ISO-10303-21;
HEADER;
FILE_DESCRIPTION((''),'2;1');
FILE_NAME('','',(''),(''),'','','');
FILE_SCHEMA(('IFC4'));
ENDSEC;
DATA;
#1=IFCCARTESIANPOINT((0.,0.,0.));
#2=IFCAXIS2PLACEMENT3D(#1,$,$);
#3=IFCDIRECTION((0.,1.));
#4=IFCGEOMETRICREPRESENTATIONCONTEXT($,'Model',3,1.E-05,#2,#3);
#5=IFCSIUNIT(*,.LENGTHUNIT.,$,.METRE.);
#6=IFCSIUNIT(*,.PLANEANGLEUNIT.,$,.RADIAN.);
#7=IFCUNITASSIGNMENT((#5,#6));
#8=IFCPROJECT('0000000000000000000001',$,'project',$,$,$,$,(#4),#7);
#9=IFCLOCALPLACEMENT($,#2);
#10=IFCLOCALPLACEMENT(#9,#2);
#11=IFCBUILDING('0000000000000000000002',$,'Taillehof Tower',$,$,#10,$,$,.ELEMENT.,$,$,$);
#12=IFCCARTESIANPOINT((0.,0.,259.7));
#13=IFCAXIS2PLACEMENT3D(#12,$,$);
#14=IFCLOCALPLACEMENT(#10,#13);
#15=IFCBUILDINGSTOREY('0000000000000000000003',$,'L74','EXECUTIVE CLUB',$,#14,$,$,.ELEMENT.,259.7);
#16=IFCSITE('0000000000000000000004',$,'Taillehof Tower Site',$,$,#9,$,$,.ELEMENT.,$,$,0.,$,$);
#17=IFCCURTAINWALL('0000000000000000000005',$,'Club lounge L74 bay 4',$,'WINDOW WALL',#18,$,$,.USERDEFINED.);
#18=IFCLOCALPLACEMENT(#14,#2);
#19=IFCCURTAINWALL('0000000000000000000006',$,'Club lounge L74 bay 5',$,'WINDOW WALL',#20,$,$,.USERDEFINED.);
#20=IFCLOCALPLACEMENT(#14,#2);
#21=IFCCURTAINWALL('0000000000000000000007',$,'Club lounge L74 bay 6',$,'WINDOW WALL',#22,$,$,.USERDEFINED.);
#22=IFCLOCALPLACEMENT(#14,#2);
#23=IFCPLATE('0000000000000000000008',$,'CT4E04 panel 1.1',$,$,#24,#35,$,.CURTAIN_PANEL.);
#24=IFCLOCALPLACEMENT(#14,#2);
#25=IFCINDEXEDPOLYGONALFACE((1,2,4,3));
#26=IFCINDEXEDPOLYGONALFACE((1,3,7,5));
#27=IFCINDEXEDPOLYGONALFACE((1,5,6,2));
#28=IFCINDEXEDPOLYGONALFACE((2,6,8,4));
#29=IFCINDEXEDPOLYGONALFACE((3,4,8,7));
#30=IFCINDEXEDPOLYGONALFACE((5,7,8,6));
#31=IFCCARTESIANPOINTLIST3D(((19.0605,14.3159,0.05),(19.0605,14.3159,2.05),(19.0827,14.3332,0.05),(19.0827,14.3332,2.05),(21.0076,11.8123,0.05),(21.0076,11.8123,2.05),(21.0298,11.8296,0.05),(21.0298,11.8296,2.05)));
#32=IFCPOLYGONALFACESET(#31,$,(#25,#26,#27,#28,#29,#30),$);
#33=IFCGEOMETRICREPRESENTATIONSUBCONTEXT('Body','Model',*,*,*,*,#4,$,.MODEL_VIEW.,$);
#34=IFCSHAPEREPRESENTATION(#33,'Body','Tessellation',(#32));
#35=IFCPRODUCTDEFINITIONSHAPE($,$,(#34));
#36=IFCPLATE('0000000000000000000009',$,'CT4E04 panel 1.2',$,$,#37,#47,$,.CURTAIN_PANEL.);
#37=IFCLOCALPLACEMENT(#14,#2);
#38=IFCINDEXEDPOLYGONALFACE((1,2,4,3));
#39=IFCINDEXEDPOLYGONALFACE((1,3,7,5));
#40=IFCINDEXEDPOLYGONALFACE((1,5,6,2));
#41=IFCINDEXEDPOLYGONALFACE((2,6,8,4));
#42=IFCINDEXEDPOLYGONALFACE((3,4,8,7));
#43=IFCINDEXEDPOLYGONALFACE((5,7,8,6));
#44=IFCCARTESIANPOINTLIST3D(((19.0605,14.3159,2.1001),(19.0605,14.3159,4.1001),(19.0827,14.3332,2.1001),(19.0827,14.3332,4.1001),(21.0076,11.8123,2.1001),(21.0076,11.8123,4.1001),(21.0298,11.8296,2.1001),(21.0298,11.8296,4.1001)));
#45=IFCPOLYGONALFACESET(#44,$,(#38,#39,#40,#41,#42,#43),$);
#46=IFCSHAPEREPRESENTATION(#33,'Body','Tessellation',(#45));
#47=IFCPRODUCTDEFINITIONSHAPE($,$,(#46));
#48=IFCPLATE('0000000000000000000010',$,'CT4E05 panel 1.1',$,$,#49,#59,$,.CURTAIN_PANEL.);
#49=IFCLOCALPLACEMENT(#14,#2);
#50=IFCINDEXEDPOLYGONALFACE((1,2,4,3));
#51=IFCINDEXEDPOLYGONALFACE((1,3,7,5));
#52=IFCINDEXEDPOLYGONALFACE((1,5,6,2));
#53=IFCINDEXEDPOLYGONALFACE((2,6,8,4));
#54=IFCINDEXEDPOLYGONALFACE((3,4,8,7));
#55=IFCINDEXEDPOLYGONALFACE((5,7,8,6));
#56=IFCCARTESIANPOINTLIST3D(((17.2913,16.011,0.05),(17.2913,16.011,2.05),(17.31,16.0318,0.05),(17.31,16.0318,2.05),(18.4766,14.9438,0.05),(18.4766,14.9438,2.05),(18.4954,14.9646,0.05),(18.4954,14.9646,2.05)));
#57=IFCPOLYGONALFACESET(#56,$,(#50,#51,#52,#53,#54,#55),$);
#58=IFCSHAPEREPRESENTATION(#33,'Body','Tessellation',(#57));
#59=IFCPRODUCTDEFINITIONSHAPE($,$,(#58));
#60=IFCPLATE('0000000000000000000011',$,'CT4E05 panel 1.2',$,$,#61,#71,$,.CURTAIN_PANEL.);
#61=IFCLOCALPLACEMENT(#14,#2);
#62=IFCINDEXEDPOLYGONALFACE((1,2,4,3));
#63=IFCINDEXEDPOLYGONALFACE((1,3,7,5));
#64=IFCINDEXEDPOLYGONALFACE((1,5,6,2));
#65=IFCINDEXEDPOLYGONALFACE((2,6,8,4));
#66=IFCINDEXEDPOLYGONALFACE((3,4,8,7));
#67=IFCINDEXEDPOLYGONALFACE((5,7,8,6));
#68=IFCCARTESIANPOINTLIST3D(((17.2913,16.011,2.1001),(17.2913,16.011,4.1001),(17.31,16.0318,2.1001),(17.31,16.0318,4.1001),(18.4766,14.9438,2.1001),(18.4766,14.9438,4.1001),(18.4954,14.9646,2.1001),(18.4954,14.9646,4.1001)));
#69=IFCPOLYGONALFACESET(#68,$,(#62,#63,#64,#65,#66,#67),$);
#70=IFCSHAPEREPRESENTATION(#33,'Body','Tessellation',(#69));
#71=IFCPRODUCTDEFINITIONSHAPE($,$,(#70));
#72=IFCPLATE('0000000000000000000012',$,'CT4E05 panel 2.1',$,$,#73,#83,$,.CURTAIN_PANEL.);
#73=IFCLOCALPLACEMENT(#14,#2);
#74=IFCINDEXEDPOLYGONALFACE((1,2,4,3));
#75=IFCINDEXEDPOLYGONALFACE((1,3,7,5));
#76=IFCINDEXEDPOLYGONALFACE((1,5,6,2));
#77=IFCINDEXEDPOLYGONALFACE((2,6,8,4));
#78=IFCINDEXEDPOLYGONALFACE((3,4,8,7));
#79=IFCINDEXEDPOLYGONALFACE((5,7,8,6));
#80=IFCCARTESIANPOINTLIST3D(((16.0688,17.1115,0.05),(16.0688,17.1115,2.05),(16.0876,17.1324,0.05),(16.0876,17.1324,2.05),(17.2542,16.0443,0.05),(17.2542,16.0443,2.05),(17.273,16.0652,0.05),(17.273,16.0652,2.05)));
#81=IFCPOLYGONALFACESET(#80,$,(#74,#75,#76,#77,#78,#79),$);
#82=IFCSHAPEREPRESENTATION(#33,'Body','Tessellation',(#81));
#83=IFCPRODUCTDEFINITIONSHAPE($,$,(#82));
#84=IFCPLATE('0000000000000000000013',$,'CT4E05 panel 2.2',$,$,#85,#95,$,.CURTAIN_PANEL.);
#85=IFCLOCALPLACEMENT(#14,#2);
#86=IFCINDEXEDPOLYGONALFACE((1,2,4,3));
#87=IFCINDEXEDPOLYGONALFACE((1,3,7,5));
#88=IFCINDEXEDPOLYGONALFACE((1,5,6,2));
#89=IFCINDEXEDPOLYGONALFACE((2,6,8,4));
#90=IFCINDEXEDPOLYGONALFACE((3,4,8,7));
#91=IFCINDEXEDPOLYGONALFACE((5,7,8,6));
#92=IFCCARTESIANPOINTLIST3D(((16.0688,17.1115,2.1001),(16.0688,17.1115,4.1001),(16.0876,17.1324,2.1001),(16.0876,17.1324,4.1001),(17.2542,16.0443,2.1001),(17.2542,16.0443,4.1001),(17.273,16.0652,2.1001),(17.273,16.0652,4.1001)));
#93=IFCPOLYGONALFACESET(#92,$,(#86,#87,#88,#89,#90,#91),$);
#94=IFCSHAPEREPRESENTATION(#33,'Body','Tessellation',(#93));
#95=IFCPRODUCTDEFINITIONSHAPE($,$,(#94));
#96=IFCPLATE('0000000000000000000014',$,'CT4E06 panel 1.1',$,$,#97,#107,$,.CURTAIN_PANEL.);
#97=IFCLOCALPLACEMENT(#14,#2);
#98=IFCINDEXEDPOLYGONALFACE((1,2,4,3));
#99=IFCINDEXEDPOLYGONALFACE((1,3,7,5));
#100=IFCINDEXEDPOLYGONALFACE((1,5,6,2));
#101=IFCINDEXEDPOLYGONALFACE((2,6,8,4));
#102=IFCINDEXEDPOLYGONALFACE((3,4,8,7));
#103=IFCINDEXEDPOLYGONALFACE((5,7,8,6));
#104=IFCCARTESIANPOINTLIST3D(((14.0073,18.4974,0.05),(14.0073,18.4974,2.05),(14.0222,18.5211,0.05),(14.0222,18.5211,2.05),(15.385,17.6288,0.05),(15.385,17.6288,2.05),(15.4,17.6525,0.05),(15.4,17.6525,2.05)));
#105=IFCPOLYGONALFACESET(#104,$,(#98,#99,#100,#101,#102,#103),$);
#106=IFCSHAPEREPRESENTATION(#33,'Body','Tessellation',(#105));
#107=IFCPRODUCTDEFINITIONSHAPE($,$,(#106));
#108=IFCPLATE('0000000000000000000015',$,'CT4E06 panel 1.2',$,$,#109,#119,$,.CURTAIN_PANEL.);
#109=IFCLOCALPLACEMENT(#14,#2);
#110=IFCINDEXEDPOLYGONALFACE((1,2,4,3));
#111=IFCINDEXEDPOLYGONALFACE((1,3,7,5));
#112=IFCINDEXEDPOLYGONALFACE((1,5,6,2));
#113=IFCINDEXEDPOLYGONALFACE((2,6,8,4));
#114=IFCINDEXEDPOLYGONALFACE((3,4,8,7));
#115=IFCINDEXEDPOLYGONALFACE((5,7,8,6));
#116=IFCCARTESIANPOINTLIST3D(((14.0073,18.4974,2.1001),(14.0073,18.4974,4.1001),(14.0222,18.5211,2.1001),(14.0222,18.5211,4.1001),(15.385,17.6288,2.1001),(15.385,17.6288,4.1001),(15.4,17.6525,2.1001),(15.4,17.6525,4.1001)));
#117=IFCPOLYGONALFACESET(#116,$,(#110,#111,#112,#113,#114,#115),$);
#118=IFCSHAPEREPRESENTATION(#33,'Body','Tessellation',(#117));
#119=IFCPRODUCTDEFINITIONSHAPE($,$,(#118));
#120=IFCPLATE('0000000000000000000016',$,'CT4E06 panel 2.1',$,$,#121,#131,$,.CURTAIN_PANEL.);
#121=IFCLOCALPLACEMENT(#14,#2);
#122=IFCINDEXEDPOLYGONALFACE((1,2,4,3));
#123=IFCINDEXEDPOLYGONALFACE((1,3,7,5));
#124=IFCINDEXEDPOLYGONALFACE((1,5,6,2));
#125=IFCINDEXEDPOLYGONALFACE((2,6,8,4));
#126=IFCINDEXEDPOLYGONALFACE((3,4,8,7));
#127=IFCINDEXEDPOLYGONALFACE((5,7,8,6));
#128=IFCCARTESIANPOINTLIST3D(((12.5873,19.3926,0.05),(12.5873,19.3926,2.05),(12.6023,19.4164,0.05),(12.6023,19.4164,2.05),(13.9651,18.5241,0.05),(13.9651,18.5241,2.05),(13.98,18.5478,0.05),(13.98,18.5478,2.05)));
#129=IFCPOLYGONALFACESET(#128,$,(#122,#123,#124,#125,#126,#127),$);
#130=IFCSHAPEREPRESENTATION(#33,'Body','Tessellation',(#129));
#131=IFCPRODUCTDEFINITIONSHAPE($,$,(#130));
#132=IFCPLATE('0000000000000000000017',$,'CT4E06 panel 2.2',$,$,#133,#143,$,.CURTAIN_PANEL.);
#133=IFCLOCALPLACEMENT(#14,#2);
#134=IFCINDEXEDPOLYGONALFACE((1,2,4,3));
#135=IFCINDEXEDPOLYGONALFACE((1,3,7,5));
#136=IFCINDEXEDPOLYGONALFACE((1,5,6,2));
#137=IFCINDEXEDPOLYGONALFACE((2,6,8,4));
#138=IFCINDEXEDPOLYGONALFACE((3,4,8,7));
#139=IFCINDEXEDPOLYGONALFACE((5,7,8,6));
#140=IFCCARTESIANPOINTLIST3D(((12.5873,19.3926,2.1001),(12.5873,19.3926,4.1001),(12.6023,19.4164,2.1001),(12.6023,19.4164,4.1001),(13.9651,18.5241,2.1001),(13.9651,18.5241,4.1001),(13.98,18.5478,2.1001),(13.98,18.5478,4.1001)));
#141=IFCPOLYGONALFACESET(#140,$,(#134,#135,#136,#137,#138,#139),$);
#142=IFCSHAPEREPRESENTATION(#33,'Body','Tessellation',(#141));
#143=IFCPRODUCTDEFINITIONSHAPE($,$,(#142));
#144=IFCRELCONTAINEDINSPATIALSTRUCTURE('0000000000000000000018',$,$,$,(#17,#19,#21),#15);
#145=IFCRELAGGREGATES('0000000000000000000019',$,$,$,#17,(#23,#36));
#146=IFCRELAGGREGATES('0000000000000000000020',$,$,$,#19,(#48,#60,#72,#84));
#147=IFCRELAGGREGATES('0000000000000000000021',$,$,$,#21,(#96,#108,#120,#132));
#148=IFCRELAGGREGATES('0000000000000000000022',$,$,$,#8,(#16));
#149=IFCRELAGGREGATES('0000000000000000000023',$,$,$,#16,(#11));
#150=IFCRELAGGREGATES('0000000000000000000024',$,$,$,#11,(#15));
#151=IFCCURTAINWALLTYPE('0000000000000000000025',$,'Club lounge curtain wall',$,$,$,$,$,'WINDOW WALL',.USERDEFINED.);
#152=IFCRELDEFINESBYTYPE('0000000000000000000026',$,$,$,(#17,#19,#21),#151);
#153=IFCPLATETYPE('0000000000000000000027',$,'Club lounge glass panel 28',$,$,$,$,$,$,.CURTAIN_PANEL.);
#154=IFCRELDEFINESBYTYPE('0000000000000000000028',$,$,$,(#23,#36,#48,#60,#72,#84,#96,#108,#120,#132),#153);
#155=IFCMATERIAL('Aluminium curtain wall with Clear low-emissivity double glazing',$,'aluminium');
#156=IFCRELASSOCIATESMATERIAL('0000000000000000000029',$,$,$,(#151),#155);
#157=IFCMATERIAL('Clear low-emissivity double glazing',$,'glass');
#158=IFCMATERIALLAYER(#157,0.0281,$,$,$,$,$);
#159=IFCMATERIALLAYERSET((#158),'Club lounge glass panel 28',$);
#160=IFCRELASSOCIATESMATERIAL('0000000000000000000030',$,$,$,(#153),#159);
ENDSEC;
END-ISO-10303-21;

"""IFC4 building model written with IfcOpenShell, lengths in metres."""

from ifc_helpers import new_model, si_unit, direction, frame, origin, origin_2d, place, context, subcontext, project, spatial, rectangle, extrude, material, layer, layer_set, type_object, element, aggregate, save


model = new_model("IFC4")

# Units and contexts
model_context = context("Model", 3, precision=1e-05, world=origin(), true_north=direction((0.0, 1.0)))
body_context = subcontext(model_context, "Body", "Model", "MODEL_VIEW")
ifc_project = project(units=[si_unit("LENGTHUNIT", "METRE"), si_unit("PLANEANGLEUNIT", "RADIAN")], contexts=[model_context])

# Site, building, storey
site_placement = place(None, origin())
site = spatial("IfcSite", under=ifc_project, at=site_placement, Name="Taillehof Tower Site", CompositionType="ELEMENT", RefElevation=0.0)
building_placement = place(site_placement, origin())
building = spatial("IfcBuilding", under=site, at=building_placement, Name="Taillehof Tower", CompositionType="ELEMENT")
storey_placement = place(building_placement, frame((0.0, 0.0, 259.7)))
storey = spatial("IfcBuildingStorey", under=building, at=storey_placement, Name="L74", Description="EXECUTIVE CLUB", CompositionType="ELEMENT", Elevation=259.7)

# Curtain wall
ifc_material_1 = material(Name="Aluminium curtain wall with Clear low-emissivity double glazing", Category="aluminium")
curtain_wall_type = type_object("IfcCurtainWallType", Name="Club lounge curtain wall", ElementType="WINDOW WALL", PredefinedType="USERDEFINED", material=ifc_material_1)
curtain_wall_1_placement = place(storey_placement, origin())
curtain_wall_1 = element("IfcCurtainWall", 1, at=curtain_wall_1_placement, inside=storey, type_object=curtain_wall_type, Name="Club lounge L74 bay 4", ObjectType="WINDOW WALL", PredefinedType="USERDEFINED")

# Curtain walls
curtain_wall_2_placement = place(storey_placement, origin())
curtain_wall_2 = element("IfcCurtainWall", 2, at=curtain_wall_2_placement, inside=storey, type_object=curtain_wall_type, Name="Club lounge L74 bay 5", ObjectType="WINDOW WALL", PredefinedType="USERDEFINED")
curtain_wall_3_placement = place(storey_placement, origin())
curtain_wall_3 = element("IfcCurtainWall", 3, at=curtain_wall_3_placement, inside=storey, type_object=curtain_wall_type, Name="Club lounge L74 bay 6", ObjectType="WINDOW WALL", PredefinedType="USERDEFINED")

# Plates
ifc_material_2 = material(Name="Clear low-emissivity double glazing", Category="glass")
ifc_layer = layer(ifc_material_2, 0.0281)
ifc_layer_set = layer_set([ifc_layer], Name="Club lounge glass panel 28")
plate_type = type_object("IfcPlateType", Name="Club lounge glass panel 28", PredefinedType="CURTAIN_PANEL", material=ifc_layer_set)
plate_1_placement = place(storey_placement, frame((20.0452, 13.0728, 0.05), z_axis=(0.0, 0.0, 1.0), x_axis=(-0.613903, 0.789382, 0.0)))
plate_1 = element("IfcPlate", 4, at=plate_1_placement, type_object=plate_type, Name="CT4E04 panel 1.1", PredefinedType="CURTAIN_PANEL", context=body_context, shape_type="SweptSolid", body=[
    extrude(rectangle(XDim=3.1716, YDim=0.0281, at=origin_2d()), origin(), (0.0, 0.0, 1.0), 2.0),
])
plate_2_placement = place(storey_placement, frame((20.0452, 13.0728, 2.1001), z_axis=(0.0, 0.0, 1.0), x_axis=(-0.613903, 0.789382, 0.0)))
plate_2 = element("IfcPlate", 5, at=plate_2_placement, type_object=plate_type, Name="CT4E04 panel 1.2", PredefinedType="CURTAIN_PANEL", context=body_context, shape_type="SweptSolid", body=[
    extrude(rectangle(XDim=3.1716, YDim=0.0281, at=origin_2d()), origin(), (0.0, 0.0, 1.0), 2.0),
])
aggregate(curtain_wall_1, [plate_1, plate_2])
plate_3_placement = place(storey_placement, frame((17.8933, 15.4878, 0.05), z_axis=(0.0, 0.0, 1.0), x_axis=(-0.743166, 0.669107, 0.0)))
plate_3 = element("IfcPlate", 6, at=plate_3_placement, type_object=plate_type, Name="CT4E05 panel 1.1", PredefinedType="CURTAIN_PANEL", context=body_context, shape_type="SweptSolid", body=[
    extrude(rectangle(XDim=1.595, YDim=0.0281, at=origin_2d()), origin(), (0.0, 0.0, 1.0), 2.0),
])
plate_4_placement = place(storey_placement, frame((17.8933, 15.4878, 2.1001), z_axis=(0.0, 0.0, 1.0), x_axis=(-0.743166, 0.669107, 0.0)))
plate_4 = element("IfcPlate", 7, at=plate_4_placement, type_object=plate_type, Name="CT4E05 panel 1.2", PredefinedType="CURTAIN_PANEL", context=body_context, shape_type="SweptSolid", body=[
    extrude(rectangle(XDim=1.595, YDim=0.0281, at=origin_2d()), origin(), (0.0, 0.0, 1.0), 2.0),
])
plate_5_placement = place(storey_placement, frame((16.6709, 16.5884, 0.05), z_axis=(0.0, 0.0, 1.0), x_axis=(-0.743166, 0.669107, 0.0)))
plate_5 = element("IfcPlate", 8, at=plate_5_placement, type_object=plate_type, Name="CT4E05 panel 2.1", PredefinedType="CURTAIN_PANEL", context=body_context, shape_type="SweptSolid", body=[
    extrude(rectangle(XDim=1.595, YDim=0.0281, at=origin_2d()), origin(), (0.0, 0.0, 1.0), 2.0),
])
plate_6_placement = place(storey_placement, frame((16.6709, 16.5884, 2.1001), z_axis=(0.0, 0.0, 1.0), x_axis=(-0.743166, 0.669107, 0.0)))
plate_6 = element("IfcPlate", 9, at=plate_6_placement, type_object=plate_type, Name="CT4E05 panel 2.2", PredefinedType="CURTAIN_PANEL", context=body_context, shape_type="SweptSolid", body=[
    extrude(rectangle(XDim=1.595, YDim=0.0281, at=origin_2d()), origin(), (0.0, 0.0, 1.0), 2.0),
])
aggregate(curtain_wall_2, [plate_3, plate_4, plate_5, plate_6])
plate_7_placement = place(storey_placement, frame((14.7036, 18.075, 0.05), z_axis=(0.0, 0.0, 1.0), x_axis=(-0.84593, 0.533294, 0.0)))
plate_7 = element("IfcPlate", 10, at=plate_7_placement, type_object=plate_type, Name="CT4E06 panel 1.1", PredefinedType="CURTAIN_PANEL", context=body_context, shape_type="SweptSolid", body=[
    extrude(rectangle(XDim=1.6287, YDim=0.0281, at=origin_2d()), origin(), (0.0, 0.0, 1.0), 2.0),
])
plate_8_placement = place(storey_placement, frame((14.7036, 18.075, 2.1001), z_axis=(0.0, 0.0, 1.0), x_axis=(-0.84593, 0.533294, 0.0)))
plate_8 = element("IfcPlate", 11, at=plate_8_placement, type_object=plate_type, Name="CT4E06 panel 1.2", PredefinedType="CURTAIN_PANEL", context=body_context, shape_type="SweptSolid", body=[
    extrude(rectangle(XDim=1.6287, YDim=0.0281, at=origin_2d()), origin(), (0.0, 0.0, 1.0), 2.0),
])
plate_9_placement = place(storey_placement, frame((13.2837, 18.9702, 0.05), z_axis=(0.0, 0.0, 1.0), x_axis=(-0.84593, 0.533294, 0.0)))
plate_9 = element("IfcPlate", 12, at=plate_9_placement, type_object=plate_type, Name="CT4E06 panel 2.1", PredefinedType="CURTAIN_PANEL", context=body_context, shape_type="SweptSolid", body=[
    extrude(rectangle(XDim=1.6287, YDim=0.0281, at=origin_2d()), origin(), (0.0, 0.0, 1.0), 2.0),
])
plate_10_placement = place(storey_placement, frame((13.2837, 18.9702, 2.1001), z_axis=(0.0, 0.0, 1.0), x_axis=(-0.84593, 0.533294, 0.0)))
plate_10 = element("IfcPlate", 13, at=plate_10_placement, type_object=plate_type, Name="CT4E06 panel 2.2", PredefinedType="CURTAIN_PANEL", context=body_context, shape_type="SweptSolid", body=[
    extrude(rectangle(XDim=1.6287, YDim=0.0281, at=origin_2d()), origin(), (0.0, 0.0, 1.0), 2.0),
])
aggregate(curtain_wall_3, [plate_7, plate_8, plate_9, plate_10])

save(model, "model.ifc")
